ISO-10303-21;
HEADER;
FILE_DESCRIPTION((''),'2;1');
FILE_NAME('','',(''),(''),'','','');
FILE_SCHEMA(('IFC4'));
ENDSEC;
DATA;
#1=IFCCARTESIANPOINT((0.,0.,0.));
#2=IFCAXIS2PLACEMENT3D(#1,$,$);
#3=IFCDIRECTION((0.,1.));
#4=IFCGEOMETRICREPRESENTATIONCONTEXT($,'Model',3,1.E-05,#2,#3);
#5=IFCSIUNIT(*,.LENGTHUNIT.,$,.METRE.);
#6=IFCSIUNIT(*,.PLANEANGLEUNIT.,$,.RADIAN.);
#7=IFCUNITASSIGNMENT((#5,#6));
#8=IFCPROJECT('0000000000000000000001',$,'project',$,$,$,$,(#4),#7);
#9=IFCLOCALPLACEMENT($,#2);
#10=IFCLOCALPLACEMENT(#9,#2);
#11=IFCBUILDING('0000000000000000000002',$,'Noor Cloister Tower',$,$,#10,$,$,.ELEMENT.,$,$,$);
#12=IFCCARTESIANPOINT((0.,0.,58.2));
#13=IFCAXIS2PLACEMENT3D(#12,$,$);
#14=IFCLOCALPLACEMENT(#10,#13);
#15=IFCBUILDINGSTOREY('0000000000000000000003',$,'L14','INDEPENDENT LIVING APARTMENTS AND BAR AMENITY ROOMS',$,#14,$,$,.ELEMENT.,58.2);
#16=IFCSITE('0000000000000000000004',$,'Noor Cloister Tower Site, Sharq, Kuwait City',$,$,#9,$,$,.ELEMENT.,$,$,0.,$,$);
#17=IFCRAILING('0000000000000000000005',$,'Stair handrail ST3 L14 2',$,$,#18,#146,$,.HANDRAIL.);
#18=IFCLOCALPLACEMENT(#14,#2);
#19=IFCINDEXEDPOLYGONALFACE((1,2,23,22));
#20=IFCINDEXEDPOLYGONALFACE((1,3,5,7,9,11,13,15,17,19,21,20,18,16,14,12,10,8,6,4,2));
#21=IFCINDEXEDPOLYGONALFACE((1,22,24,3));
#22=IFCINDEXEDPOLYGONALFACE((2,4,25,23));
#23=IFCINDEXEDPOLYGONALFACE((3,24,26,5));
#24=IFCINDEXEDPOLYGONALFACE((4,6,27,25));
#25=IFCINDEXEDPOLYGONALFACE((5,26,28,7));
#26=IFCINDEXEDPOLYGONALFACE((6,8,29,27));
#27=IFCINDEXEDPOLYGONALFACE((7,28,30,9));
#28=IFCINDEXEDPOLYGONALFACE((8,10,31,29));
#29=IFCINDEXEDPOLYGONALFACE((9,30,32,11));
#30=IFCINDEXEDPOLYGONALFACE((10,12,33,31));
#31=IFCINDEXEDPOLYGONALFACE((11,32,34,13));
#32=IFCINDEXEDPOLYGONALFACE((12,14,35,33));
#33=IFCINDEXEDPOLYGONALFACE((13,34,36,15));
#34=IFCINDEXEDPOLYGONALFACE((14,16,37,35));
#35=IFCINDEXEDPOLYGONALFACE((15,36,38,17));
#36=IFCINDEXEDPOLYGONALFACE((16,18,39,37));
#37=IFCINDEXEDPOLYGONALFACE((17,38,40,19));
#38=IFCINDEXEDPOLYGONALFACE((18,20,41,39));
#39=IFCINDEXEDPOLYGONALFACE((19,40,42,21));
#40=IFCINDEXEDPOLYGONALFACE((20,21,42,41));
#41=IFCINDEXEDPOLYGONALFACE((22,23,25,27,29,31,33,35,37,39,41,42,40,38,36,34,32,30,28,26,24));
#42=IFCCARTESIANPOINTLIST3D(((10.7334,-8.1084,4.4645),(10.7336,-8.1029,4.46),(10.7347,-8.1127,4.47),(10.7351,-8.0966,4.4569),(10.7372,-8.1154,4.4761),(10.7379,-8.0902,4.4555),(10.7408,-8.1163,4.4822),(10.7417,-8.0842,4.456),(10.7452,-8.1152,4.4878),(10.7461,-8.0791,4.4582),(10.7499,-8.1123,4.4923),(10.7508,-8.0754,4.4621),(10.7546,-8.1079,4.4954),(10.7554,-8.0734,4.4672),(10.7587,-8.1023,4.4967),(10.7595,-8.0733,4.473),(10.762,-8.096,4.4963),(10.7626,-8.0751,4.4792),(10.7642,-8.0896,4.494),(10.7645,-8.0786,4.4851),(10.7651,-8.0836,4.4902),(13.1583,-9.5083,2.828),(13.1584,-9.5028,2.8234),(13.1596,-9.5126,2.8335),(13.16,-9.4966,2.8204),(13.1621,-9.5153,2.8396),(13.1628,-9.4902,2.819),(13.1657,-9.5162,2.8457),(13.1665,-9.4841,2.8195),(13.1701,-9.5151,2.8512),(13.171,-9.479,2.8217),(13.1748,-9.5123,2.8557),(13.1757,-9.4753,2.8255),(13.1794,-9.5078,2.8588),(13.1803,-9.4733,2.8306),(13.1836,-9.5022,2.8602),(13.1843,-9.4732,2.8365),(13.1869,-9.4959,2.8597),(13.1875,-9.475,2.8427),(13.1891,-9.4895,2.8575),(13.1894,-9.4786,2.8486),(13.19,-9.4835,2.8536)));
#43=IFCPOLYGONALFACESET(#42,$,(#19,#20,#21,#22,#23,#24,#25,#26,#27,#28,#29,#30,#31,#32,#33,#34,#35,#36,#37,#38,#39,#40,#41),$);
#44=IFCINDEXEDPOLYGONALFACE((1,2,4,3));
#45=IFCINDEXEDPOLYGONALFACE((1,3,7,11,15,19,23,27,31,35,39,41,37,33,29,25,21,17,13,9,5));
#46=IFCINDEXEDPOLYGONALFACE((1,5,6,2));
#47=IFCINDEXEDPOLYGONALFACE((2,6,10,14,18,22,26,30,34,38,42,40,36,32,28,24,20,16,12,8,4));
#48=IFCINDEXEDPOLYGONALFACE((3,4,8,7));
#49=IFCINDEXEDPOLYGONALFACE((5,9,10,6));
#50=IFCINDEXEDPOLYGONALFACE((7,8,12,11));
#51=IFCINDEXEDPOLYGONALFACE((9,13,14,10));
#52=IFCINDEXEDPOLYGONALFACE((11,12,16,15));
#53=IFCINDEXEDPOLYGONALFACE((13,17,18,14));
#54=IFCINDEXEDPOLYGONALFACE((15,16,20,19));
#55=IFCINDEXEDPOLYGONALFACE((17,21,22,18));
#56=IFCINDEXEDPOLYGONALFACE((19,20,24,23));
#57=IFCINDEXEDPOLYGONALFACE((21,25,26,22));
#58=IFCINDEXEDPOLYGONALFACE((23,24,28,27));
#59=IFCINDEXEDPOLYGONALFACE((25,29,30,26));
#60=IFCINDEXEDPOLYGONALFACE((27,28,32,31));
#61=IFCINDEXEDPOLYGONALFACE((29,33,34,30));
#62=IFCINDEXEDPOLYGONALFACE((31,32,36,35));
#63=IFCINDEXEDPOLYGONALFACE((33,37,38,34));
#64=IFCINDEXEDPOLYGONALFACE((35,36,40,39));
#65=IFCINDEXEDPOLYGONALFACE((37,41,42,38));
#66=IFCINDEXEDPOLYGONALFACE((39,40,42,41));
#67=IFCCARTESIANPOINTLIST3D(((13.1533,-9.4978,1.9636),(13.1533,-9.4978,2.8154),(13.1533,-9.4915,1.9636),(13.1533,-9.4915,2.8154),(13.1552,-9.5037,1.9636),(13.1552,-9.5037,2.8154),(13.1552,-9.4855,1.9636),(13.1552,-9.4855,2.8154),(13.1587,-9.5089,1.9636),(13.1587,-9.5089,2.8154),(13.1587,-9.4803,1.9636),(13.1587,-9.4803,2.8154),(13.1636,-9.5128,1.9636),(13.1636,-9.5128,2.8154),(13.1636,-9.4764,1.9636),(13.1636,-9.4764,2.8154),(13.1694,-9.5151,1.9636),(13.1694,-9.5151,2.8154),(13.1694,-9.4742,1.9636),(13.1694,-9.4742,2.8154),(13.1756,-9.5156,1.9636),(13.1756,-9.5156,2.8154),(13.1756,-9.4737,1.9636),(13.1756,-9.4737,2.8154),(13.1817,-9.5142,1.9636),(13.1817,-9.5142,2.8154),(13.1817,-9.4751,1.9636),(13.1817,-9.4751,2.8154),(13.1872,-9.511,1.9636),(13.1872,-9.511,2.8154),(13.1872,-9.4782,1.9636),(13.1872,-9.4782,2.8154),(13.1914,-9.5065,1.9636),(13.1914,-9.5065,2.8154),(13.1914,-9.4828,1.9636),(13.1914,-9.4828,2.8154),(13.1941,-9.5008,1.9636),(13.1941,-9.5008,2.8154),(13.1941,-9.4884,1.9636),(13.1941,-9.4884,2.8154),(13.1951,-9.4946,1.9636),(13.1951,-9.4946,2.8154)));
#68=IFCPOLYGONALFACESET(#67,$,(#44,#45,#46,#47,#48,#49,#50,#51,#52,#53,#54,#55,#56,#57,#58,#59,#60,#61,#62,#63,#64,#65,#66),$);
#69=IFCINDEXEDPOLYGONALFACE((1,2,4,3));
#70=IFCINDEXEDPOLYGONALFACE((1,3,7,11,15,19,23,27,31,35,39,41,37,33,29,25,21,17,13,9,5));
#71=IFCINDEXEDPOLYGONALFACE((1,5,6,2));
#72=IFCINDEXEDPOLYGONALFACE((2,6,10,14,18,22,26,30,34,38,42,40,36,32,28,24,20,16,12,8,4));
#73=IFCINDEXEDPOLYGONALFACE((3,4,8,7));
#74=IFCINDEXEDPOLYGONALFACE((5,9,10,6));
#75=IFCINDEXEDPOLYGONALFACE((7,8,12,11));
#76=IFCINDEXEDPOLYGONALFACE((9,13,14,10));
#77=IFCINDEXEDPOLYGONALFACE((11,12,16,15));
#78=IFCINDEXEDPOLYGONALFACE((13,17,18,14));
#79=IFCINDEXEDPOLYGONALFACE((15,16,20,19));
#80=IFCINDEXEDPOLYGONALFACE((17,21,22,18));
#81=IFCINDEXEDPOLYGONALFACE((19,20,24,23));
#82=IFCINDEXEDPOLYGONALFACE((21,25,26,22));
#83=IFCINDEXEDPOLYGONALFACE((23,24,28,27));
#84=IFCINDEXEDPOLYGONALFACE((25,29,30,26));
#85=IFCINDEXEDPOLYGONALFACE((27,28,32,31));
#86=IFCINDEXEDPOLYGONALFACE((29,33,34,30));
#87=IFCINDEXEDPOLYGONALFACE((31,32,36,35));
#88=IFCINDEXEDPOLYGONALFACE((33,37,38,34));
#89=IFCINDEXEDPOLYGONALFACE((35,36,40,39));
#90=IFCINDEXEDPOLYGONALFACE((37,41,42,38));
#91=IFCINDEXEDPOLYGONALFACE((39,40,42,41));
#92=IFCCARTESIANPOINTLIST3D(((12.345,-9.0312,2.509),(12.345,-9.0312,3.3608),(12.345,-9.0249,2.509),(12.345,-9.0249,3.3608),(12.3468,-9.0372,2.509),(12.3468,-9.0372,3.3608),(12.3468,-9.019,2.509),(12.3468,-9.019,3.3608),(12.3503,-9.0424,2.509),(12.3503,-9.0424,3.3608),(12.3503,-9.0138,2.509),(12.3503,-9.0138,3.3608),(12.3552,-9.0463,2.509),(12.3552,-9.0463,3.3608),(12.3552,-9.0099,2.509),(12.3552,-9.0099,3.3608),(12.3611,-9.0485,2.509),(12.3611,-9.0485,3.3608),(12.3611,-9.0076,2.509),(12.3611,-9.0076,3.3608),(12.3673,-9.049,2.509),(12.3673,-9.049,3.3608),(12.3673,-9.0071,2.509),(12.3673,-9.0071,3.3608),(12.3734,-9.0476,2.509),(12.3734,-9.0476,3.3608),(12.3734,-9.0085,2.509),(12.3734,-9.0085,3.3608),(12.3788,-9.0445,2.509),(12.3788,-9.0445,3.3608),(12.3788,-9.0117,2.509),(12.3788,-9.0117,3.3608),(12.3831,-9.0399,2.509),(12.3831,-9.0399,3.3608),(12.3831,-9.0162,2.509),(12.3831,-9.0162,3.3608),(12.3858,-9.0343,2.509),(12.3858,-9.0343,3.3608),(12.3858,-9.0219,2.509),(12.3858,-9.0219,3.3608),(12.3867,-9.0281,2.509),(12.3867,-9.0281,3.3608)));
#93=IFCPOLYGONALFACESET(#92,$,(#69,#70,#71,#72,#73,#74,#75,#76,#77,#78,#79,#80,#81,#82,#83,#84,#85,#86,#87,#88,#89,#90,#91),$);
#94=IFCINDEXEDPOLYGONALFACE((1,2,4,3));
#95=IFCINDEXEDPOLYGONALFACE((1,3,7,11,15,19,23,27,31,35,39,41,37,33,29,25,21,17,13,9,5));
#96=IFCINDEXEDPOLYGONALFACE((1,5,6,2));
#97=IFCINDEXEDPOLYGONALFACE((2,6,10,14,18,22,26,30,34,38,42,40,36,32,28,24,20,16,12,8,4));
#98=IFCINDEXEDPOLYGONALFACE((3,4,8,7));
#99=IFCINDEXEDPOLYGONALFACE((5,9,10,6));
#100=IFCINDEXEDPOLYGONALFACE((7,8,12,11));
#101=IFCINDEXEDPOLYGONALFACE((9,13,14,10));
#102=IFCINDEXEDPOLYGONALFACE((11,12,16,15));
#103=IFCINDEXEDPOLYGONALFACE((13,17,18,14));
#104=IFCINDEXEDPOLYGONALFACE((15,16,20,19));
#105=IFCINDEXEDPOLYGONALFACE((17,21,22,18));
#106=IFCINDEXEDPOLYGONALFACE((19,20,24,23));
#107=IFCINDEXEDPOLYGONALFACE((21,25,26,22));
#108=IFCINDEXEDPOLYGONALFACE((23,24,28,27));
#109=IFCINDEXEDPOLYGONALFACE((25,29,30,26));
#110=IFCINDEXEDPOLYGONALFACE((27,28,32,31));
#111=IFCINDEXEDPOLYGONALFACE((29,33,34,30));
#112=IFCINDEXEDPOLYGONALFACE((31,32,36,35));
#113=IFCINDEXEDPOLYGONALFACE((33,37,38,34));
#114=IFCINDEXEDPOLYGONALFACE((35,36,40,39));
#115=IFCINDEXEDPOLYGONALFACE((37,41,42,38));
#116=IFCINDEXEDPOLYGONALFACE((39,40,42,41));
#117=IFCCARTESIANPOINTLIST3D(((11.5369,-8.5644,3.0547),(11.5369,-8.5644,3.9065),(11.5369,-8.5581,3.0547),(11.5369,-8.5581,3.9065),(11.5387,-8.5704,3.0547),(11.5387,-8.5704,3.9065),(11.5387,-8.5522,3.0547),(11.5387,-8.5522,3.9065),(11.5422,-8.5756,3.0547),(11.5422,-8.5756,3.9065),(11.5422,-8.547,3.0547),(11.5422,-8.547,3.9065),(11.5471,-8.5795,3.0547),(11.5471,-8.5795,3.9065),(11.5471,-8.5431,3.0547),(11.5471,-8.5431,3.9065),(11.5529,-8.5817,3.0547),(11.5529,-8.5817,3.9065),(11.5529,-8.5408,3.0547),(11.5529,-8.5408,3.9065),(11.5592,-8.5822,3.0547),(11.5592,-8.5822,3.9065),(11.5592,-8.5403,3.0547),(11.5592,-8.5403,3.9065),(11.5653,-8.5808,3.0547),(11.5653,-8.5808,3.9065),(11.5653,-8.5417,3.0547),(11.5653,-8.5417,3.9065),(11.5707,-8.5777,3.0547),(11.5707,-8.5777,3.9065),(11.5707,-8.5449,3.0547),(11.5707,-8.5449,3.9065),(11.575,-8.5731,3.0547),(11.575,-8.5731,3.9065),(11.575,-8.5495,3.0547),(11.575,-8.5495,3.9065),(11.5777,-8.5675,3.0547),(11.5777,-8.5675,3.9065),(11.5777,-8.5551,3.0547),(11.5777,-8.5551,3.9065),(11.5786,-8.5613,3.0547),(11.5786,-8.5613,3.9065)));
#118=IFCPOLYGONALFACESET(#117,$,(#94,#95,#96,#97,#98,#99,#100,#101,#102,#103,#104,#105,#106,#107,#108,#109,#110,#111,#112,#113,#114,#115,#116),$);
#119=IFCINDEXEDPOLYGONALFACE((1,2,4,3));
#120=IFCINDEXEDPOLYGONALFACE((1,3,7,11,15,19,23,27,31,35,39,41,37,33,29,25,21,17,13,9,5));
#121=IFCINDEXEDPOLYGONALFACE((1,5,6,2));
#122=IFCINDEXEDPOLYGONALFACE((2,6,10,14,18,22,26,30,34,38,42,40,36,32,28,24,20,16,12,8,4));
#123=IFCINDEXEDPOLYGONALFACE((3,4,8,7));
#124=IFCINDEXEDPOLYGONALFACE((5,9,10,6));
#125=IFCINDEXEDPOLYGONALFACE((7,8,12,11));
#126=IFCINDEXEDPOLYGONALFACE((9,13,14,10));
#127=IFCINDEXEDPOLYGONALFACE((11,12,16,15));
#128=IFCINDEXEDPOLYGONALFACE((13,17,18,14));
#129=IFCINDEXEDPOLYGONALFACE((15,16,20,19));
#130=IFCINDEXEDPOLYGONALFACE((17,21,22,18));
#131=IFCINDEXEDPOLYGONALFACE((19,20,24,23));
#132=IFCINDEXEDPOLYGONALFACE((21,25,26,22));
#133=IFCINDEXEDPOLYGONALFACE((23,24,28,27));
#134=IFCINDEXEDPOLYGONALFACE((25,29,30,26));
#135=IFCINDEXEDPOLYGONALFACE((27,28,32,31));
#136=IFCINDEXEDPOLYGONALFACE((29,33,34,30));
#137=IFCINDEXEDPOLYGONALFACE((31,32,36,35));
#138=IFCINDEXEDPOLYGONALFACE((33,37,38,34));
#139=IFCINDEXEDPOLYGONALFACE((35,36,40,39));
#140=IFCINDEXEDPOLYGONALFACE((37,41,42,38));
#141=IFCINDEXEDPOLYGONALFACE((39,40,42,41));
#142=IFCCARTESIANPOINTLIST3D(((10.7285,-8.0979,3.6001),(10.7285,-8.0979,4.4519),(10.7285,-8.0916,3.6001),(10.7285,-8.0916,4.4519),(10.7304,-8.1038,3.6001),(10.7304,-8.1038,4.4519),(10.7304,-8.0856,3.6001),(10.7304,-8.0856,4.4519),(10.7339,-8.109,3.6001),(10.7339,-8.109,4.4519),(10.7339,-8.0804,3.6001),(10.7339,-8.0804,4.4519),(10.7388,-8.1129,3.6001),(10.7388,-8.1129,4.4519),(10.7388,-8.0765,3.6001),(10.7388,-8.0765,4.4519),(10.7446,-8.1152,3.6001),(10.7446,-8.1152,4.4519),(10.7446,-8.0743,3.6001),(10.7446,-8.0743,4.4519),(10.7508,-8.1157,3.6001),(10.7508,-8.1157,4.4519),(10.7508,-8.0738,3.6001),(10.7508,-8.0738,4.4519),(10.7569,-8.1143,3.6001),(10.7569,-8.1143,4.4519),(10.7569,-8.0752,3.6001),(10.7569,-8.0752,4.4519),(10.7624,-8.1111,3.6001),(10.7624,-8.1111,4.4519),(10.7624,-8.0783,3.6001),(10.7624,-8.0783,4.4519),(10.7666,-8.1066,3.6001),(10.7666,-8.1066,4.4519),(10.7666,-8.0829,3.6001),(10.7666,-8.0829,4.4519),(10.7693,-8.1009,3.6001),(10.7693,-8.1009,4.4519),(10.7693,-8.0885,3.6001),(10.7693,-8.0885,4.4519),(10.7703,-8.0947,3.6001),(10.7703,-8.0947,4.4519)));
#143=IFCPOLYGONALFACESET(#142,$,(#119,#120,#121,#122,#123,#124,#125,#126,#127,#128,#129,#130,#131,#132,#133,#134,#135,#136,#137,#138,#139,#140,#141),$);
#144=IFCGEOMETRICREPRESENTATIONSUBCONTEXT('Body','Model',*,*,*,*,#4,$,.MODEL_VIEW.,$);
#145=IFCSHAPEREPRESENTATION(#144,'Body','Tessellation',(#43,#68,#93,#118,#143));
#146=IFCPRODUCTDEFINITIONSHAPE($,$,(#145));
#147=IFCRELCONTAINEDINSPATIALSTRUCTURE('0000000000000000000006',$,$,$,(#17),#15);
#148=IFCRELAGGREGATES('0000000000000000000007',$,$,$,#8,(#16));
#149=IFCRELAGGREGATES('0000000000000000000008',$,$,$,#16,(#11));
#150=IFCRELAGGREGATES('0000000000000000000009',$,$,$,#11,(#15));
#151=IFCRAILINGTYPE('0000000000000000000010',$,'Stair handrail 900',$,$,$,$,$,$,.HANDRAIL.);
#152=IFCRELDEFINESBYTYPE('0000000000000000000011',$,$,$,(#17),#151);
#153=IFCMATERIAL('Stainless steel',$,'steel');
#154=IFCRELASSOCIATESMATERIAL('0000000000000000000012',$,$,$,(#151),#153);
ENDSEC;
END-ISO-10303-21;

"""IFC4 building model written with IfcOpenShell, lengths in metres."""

from ifc_helpers import new_model, si_unit, direction, frame, origin, origin_2d, place, context, subcontext, project, spatial, circle, extrude, material, type_object, element, save


model = new_model("IFC4")

# Units and contexts
model_context = context("Model", 3, precision=1e-05, world=origin(), true_north=direction((0.0, 1.0)))
body_context = subcontext(model_context, "Body", "Model", "MODEL_VIEW")
ifc_project = project(units=[si_unit("LENGTHUNIT", "METRE"), si_unit("PLANEANGLEUNIT", "RADIAN")], contexts=[model_context])

# Site, building, storey
site_placement = place(None, origin())
site = spatial("IfcSite", under=ifc_project, at=site_placement, Name="Noor Cloister Tower Site, Sharq, Kuwait City", CompositionType="ELEMENT", RefElevation=0.0)
building_placement = place(site_placement, origin())
building = spatial("IfcBuilding", under=site, at=building_placement, Name="Noor Cloister Tower", CompositionType="ELEMENT")
storey_placement = place(building_placement, frame((0.0, 0.0, 58.2)))
storey = spatial("IfcBuildingStorey", under=building, at=storey_placement, Name="L14", Description="INDEPENDENT LIVING APARTMENTS AND BAR AMENITY ROOMS", CompositionType="ELEMENT", Elevation=58.2)

# Railing
ifc_material_1 = material(Name="Stainless steel", Category="steel")
railing_type_1 = type_object("IfcRailingType", Name="Stair handrail 900", PredefinedType="HANDRAIL", material=ifc_material_1)
railing_1_placement = place(storey_placement, frame((13.1741, -9.4946, 1.9636)))
element("IfcRailing", 1, at=railing_1_placement, inside=storey, type_object=railing_type_1, Name="Stair handrail ST3 L14 2", PredefinedType="HANDRAIL", context=body_context, shape_type="SweptSolid", body=[
    extrude(circle(Radius=0.0239, at=origin_2d()), frame((0.0, 0.0, 0.876), z_axis=(-0.74769, 0.431661, 0.504608), x_axis=(-0.499984, -0.866035, 0.0)), (0.0, 0.0, 1.0), 3.2432),
    extrude(circle(Radius=0.021, at=origin_2d()), origin(), (0.0, 0.0, 1.0), 0.8518),
    extrude(circle(Radius=0.021, at=origin_2d()), frame((-0.8083, 0.4666, 0.5454)), (0.0, 0.0, 1.0), 0.8518),
    extrude(circle(Radius=0.021, at=origin_2d()), frame((-1.6165, 0.9333, 1.0911)), (0.0, 0.0, 1.0), 0.8518),
    extrude(circle(Radius=0.021, at=origin_2d()), frame((-2.4248, 1.3999, 1.6365)), (0.0, 0.0, 1.0), 0.8518),
])

save(model, "model.ifc")
